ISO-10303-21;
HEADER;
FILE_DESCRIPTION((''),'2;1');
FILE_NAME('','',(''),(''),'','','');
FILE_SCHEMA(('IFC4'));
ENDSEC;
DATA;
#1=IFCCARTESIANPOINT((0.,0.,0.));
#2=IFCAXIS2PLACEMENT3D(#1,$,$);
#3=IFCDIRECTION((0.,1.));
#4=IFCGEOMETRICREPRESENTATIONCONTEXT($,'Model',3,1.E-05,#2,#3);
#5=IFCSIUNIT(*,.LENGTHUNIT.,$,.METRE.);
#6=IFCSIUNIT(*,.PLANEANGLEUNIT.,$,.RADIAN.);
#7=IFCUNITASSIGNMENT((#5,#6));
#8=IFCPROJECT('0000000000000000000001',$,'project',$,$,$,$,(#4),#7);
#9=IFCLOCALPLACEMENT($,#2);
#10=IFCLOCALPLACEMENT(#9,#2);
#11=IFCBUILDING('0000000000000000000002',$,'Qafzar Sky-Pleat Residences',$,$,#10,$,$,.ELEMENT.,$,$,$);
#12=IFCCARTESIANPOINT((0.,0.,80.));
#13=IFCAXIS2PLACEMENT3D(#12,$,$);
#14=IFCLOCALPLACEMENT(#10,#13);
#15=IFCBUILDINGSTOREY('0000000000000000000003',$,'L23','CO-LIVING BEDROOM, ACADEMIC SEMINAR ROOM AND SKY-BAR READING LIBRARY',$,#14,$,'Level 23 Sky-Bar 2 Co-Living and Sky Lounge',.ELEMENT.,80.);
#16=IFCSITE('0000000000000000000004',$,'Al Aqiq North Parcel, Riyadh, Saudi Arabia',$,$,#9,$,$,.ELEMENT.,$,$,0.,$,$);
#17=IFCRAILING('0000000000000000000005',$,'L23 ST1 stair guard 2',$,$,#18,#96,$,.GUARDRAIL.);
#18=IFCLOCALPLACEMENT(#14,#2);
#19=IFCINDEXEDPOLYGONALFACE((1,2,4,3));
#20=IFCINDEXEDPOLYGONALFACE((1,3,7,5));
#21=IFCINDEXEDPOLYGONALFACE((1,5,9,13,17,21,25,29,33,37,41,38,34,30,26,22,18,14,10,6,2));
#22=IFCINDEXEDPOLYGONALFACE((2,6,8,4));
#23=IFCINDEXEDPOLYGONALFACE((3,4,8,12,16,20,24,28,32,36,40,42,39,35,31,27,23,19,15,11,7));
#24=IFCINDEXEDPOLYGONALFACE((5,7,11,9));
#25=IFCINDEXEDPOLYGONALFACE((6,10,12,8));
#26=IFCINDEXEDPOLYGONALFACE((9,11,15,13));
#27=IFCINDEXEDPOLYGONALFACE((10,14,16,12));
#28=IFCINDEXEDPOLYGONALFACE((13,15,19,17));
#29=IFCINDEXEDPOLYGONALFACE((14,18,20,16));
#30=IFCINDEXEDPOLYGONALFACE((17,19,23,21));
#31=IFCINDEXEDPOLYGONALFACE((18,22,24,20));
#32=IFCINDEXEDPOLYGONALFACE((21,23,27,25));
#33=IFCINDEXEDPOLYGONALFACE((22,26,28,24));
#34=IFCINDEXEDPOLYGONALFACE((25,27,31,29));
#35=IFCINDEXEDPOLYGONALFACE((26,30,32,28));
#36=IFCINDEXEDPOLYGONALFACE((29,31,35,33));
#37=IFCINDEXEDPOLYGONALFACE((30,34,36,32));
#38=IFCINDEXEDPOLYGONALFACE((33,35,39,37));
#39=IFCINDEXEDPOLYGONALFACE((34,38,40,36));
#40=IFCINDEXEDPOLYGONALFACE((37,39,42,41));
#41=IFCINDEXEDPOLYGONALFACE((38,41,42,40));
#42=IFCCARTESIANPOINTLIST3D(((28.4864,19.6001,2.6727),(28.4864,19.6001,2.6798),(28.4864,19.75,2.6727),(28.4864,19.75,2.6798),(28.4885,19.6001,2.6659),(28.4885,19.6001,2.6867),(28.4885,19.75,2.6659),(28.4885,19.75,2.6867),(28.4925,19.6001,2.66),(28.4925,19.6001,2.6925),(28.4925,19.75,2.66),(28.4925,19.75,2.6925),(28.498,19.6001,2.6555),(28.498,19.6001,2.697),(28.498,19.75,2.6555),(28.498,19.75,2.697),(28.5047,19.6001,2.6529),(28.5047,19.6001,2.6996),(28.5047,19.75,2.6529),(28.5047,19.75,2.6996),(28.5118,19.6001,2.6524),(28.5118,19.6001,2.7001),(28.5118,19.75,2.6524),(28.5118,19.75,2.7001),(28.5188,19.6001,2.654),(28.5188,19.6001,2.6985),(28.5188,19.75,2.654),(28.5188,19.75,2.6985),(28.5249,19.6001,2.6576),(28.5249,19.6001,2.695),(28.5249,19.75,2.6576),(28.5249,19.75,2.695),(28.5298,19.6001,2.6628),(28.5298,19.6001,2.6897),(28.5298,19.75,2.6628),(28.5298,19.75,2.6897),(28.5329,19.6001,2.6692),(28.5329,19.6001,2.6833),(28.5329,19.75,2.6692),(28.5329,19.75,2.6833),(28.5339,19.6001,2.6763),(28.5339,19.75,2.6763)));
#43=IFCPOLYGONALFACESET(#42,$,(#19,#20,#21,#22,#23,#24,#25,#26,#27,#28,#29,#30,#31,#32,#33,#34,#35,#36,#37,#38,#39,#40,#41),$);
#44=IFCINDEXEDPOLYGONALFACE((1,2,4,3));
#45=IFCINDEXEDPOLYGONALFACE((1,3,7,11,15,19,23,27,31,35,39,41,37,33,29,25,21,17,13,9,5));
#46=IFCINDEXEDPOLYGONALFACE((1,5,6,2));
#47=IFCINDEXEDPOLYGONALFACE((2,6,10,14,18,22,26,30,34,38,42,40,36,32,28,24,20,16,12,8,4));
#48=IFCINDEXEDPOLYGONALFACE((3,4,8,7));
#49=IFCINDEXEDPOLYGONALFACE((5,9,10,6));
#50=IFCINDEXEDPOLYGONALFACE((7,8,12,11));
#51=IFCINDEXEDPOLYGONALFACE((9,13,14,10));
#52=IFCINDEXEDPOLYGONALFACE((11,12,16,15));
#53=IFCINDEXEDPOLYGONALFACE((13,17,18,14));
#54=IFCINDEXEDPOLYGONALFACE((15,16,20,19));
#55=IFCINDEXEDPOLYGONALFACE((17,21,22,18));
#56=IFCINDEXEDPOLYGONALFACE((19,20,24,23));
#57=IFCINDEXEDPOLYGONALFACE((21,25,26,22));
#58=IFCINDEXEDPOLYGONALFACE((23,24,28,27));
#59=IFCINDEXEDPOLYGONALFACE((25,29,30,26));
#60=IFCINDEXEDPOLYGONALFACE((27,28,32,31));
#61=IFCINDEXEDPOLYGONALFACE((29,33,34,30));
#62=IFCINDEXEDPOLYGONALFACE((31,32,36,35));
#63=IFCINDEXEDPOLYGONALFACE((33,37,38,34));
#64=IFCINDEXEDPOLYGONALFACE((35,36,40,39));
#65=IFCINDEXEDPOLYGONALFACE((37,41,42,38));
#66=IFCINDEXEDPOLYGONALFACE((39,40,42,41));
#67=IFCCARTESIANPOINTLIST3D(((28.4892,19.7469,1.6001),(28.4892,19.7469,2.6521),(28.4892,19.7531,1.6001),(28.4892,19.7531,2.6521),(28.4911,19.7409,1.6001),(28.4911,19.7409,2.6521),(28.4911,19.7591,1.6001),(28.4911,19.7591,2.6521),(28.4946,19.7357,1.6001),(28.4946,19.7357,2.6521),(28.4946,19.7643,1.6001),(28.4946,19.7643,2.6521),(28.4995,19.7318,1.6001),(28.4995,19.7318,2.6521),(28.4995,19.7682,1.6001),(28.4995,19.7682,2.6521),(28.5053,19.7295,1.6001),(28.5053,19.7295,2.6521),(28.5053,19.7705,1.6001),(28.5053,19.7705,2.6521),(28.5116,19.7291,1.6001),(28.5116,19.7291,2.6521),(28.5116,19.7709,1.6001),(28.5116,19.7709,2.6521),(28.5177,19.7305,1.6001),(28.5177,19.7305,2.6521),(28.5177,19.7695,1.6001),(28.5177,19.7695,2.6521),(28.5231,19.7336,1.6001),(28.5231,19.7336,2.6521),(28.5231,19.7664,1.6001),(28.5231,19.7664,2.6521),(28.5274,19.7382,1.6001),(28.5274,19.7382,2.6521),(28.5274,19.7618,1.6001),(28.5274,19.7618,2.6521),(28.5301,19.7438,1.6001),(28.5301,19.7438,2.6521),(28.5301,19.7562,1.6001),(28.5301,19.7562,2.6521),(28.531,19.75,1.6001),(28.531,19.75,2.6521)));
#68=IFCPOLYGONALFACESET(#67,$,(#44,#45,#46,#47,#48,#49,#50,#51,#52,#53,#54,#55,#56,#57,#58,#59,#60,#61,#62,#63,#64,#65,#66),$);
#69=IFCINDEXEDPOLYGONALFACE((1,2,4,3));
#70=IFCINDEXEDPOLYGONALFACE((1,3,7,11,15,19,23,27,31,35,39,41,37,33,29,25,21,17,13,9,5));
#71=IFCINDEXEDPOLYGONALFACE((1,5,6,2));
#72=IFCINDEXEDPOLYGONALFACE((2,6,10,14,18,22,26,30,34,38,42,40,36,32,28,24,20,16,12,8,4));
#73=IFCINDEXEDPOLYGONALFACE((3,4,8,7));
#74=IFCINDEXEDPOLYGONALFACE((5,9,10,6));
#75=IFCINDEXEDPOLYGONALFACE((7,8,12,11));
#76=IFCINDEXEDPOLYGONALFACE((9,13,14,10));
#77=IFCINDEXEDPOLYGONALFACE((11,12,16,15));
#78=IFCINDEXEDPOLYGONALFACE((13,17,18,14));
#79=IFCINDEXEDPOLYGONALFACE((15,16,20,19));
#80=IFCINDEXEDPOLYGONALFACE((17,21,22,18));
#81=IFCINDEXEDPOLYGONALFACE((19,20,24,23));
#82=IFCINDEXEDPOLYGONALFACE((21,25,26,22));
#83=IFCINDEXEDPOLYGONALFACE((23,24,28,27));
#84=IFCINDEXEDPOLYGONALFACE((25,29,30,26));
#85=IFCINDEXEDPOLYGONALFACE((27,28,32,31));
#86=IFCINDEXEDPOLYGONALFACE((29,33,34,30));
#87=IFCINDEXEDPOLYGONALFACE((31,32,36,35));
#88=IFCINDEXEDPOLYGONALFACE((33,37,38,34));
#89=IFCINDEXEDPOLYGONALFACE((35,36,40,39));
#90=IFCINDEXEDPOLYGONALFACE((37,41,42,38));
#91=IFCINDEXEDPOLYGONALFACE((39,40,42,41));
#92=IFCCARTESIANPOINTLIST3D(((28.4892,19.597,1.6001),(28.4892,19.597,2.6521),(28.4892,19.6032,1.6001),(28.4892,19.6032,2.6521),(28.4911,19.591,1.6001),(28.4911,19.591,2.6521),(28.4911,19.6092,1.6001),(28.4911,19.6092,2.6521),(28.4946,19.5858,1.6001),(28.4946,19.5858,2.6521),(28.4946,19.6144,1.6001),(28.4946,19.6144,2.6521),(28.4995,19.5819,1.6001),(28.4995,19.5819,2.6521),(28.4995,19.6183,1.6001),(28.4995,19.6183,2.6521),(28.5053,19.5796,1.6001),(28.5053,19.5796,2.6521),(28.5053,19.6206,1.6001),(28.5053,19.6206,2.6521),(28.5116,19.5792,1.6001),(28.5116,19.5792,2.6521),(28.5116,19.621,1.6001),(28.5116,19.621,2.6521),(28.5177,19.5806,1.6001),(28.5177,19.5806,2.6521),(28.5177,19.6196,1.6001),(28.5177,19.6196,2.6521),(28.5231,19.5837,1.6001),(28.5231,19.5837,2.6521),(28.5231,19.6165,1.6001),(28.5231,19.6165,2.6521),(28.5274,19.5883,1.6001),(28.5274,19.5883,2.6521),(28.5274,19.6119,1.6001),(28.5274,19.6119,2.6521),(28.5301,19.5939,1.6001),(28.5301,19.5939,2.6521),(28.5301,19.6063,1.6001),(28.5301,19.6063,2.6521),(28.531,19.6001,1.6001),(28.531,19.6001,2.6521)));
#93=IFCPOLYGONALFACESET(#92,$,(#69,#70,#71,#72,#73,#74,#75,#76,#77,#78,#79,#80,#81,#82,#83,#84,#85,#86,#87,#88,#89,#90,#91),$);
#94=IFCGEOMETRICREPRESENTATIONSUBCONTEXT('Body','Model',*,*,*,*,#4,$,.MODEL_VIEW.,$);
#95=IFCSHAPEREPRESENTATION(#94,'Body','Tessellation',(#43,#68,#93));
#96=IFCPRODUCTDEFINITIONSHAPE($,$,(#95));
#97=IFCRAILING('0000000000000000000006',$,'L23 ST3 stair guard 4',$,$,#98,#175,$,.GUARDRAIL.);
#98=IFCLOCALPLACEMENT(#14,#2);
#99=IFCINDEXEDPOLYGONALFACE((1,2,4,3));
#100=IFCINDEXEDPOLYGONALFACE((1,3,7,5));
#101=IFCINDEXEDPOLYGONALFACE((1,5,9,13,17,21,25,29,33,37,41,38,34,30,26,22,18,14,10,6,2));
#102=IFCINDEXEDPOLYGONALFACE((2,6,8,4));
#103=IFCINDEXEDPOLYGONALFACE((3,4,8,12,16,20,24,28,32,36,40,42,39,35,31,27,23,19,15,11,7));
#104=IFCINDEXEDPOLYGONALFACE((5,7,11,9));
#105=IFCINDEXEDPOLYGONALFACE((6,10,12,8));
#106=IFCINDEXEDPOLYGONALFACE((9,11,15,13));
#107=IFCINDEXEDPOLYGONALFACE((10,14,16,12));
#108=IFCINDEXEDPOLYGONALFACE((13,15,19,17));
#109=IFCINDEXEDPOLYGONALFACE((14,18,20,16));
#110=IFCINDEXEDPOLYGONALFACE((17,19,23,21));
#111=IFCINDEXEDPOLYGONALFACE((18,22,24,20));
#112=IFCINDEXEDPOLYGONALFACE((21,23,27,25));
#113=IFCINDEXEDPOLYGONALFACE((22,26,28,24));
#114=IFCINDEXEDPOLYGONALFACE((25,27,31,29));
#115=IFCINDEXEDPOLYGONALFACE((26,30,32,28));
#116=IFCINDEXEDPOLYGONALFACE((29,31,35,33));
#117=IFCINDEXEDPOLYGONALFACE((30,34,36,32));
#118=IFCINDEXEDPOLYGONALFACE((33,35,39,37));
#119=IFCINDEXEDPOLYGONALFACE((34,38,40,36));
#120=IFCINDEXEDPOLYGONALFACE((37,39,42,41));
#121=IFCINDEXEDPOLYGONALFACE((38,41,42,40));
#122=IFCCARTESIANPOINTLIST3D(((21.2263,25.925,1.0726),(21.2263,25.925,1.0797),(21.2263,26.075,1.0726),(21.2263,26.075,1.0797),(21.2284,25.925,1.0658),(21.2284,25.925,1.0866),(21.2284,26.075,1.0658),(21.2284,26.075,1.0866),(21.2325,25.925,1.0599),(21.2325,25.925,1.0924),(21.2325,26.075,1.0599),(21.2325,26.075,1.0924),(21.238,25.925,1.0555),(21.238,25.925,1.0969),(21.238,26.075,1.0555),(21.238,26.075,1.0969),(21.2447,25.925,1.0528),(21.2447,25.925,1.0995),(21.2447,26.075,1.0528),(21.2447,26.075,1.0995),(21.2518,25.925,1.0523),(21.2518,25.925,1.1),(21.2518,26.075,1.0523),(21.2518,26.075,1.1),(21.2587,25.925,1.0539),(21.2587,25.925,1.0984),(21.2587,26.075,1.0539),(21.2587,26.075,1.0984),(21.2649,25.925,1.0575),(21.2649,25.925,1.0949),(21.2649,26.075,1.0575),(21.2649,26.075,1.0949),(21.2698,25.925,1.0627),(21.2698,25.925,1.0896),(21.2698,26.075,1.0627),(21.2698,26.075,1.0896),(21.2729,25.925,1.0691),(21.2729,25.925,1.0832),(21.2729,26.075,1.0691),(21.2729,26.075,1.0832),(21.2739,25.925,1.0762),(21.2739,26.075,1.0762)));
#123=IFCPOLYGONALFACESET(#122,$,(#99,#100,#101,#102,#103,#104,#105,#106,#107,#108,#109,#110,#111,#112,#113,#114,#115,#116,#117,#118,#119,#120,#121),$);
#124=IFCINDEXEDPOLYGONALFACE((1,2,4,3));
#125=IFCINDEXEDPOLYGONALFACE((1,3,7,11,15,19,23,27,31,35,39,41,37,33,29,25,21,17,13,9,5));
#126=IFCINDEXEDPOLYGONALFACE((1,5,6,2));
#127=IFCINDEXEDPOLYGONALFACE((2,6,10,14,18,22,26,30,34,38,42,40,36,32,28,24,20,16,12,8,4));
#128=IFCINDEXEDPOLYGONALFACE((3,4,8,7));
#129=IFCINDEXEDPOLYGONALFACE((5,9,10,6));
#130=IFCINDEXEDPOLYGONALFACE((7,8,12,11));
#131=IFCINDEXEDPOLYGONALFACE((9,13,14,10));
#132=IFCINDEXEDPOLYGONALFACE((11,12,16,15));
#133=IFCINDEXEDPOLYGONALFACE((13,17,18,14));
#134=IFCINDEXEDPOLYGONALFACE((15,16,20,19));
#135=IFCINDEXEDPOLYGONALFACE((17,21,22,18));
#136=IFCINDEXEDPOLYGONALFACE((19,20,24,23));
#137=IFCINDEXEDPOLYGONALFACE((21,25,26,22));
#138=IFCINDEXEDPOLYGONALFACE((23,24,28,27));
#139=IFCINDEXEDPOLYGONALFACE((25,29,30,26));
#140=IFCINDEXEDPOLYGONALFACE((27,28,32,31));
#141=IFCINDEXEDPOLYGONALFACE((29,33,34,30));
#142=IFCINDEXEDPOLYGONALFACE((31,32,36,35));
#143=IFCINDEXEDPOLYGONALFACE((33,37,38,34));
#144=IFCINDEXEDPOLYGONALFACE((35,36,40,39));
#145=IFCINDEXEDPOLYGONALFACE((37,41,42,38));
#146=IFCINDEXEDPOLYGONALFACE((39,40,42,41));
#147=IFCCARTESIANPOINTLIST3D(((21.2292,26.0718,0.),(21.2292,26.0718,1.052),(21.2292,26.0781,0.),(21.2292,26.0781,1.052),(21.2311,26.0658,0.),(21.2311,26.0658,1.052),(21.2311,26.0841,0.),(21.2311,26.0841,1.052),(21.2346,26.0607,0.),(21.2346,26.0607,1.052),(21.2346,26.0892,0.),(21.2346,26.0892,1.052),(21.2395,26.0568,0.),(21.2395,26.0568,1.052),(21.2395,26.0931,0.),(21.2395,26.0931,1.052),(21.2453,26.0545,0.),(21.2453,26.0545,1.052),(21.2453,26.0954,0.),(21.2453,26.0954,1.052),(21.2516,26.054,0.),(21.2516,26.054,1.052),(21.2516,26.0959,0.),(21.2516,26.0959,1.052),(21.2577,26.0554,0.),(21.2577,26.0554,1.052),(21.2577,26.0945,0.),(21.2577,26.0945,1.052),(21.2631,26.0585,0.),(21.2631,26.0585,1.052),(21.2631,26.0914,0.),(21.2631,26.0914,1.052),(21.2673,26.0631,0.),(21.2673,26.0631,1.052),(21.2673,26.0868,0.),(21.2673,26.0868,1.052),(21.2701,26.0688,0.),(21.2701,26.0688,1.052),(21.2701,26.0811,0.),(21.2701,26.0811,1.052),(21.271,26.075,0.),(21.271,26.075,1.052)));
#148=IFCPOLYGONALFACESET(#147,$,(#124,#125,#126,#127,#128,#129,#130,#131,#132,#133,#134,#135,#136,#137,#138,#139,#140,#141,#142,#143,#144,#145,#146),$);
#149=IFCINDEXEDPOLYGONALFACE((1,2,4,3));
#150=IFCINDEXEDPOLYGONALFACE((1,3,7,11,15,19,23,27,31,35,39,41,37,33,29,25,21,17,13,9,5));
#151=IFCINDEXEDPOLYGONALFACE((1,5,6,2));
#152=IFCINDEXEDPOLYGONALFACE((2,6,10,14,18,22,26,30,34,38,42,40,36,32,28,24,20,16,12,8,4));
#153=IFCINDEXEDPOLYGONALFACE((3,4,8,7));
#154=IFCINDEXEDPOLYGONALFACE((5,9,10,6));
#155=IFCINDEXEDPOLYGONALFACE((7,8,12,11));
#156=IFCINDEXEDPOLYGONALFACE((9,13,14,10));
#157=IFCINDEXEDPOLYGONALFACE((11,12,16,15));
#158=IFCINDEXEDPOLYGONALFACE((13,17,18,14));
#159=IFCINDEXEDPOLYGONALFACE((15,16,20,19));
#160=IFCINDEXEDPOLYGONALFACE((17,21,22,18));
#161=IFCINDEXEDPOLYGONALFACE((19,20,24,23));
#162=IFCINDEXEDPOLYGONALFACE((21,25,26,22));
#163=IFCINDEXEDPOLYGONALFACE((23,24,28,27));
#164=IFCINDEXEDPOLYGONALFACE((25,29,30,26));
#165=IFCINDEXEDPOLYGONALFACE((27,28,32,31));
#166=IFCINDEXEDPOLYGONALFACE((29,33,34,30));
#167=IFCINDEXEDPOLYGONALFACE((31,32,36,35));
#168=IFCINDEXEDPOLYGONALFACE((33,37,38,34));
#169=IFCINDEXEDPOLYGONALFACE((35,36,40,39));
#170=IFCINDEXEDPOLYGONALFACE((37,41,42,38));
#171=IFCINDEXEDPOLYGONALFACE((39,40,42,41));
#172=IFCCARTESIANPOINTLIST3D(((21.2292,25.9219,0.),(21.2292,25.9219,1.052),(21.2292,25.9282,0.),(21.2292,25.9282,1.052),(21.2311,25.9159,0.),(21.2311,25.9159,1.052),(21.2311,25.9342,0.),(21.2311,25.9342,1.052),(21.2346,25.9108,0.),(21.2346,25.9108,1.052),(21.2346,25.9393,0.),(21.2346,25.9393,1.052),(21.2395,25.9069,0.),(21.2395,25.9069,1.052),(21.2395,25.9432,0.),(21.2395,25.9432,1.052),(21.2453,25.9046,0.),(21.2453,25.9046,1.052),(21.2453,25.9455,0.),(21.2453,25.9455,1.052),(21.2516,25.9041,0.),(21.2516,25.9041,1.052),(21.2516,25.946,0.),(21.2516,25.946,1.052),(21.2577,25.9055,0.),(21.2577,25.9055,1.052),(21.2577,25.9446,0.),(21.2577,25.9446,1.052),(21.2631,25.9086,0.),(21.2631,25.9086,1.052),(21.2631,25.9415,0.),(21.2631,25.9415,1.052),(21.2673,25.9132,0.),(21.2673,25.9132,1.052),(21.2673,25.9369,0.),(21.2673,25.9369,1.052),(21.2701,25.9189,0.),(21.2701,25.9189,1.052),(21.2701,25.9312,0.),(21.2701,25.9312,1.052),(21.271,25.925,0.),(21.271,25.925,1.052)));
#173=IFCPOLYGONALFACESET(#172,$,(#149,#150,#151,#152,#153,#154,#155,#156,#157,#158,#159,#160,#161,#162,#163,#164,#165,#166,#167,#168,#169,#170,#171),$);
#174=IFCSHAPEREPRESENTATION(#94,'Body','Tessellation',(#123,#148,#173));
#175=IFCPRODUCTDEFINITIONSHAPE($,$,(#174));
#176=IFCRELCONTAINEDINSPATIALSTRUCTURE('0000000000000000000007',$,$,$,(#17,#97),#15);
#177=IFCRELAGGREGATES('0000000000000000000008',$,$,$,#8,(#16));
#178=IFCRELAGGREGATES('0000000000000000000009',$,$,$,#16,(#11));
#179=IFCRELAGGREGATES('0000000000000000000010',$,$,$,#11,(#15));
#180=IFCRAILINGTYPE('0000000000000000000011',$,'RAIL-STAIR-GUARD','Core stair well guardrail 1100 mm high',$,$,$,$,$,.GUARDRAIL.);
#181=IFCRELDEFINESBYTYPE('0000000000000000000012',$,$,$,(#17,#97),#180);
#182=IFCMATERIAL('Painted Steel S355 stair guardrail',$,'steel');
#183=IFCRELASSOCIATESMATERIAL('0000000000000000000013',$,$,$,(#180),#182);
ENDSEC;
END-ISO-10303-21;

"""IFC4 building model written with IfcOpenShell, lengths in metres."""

from ifc_helpers import new_model, si_unit, direction, frame, origin, origin_2d, place, context, subcontext, project, spatial, circle, extrude, source, transform, mapped, material, type_object, element, save


model = new_model("IFC4")

# Units and contexts
model_context = context("Model", 3, precision=1e-05, world=origin(), true_north=direction((0.0, 1.0)))
body_context = subcontext(model_context, "Body", "Model", "MODEL_VIEW")
ifc_project = project(units=[si_unit("LENGTHUNIT", "METRE"), si_unit("PLANEANGLEUNIT", "RADIAN")], contexts=[model_context])

# Site, building, storey
site_placement = place(None, origin())
site = spatial("IfcSite", under=ifc_project, at=site_placement, Name="Al Aqiq North Parcel, Riyadh, Saudi Arabia", CompositionType="ELEMENT", RefElevation=0.0)
building_placement = place(site_placement, origin())
building = spatial("IfcBuilding", under=site, at=building_placement, Name="Qafzar Sky-Pleat Residences", CompositionType="ELEMENT")
storey_placement = place(building_placement, frame((0.0, 0.0, 80.0)))
storey = spatial("IfcBuildingStorey", under=building, at=storey_placement, Name="L23", Description="CO-LIVING BEDROOM, ACADEMIC SEMINAR ROOM AND SKY-BAR READING LIBRARY", LongName="Level 23 Sky-Bar 2 Co-Living and Sky Lounge", CompositionType="ELEMENT", Elevation=80.0)

# Railings
ifc_material_1 = material(Name="Painted Steel S355 stair guardrail", Category="steel")
railing_type_1 = type_object("IfcRailingType", Name="RAIL-STAIR-GUARD", Description="Core stair well guardrail 1100 mm high", PredefinedType="GUARDRAIL", material=ifc_material_1)
shared_shape_1 = source(origin(), body_context, "Body", "SweptSolid", [
    extrude(circle(Radius=0.0239, at=origin_2d()), frame((0.0, 0.0, 1.0762), z_axis=(0.0, -1.0, 0.0), x_axis=(1.0, 0.0, 0.0)), (0.0, 0.0, 1.0), 0.1499),
    extrude(circle(Radius=0.021, at=origin_2d()), origin(), (0.0, 0.0, 1.0), 1.052),
    extrude(circle(Radius=0.021, at=origin_2d()), frame((0.0, -0.1499, 0.0)), (0.0, 0.0, 1.0), 1.052),
])
for number, where, name in (
    (1, (28.51, 19.75, 1.6001), "L23 ST1 stair guard 2"),
    (2, (21.25, 26.075, 0.0), "L23 ST3 stair guard 4"),
):
    element("IfcRailing", number, at=place(storey_placement, frame(where)), inside=storey, type_object=railing_type_1, Name=name, PredefinedType="GUARDRAIL", context=body_context, shape_type="MappedRepresentation", body=[
        mapped(shared_shape_1, transform((0.0, 0.0, 0.0), x_axis=(1.0, 0.0, 0.0), y_axis=(0.0, 1.0, 0.0), z_axis=(0.0, 0.0, 1.0), scale=1.0)),
    ])

save(model, "model.ifc")
